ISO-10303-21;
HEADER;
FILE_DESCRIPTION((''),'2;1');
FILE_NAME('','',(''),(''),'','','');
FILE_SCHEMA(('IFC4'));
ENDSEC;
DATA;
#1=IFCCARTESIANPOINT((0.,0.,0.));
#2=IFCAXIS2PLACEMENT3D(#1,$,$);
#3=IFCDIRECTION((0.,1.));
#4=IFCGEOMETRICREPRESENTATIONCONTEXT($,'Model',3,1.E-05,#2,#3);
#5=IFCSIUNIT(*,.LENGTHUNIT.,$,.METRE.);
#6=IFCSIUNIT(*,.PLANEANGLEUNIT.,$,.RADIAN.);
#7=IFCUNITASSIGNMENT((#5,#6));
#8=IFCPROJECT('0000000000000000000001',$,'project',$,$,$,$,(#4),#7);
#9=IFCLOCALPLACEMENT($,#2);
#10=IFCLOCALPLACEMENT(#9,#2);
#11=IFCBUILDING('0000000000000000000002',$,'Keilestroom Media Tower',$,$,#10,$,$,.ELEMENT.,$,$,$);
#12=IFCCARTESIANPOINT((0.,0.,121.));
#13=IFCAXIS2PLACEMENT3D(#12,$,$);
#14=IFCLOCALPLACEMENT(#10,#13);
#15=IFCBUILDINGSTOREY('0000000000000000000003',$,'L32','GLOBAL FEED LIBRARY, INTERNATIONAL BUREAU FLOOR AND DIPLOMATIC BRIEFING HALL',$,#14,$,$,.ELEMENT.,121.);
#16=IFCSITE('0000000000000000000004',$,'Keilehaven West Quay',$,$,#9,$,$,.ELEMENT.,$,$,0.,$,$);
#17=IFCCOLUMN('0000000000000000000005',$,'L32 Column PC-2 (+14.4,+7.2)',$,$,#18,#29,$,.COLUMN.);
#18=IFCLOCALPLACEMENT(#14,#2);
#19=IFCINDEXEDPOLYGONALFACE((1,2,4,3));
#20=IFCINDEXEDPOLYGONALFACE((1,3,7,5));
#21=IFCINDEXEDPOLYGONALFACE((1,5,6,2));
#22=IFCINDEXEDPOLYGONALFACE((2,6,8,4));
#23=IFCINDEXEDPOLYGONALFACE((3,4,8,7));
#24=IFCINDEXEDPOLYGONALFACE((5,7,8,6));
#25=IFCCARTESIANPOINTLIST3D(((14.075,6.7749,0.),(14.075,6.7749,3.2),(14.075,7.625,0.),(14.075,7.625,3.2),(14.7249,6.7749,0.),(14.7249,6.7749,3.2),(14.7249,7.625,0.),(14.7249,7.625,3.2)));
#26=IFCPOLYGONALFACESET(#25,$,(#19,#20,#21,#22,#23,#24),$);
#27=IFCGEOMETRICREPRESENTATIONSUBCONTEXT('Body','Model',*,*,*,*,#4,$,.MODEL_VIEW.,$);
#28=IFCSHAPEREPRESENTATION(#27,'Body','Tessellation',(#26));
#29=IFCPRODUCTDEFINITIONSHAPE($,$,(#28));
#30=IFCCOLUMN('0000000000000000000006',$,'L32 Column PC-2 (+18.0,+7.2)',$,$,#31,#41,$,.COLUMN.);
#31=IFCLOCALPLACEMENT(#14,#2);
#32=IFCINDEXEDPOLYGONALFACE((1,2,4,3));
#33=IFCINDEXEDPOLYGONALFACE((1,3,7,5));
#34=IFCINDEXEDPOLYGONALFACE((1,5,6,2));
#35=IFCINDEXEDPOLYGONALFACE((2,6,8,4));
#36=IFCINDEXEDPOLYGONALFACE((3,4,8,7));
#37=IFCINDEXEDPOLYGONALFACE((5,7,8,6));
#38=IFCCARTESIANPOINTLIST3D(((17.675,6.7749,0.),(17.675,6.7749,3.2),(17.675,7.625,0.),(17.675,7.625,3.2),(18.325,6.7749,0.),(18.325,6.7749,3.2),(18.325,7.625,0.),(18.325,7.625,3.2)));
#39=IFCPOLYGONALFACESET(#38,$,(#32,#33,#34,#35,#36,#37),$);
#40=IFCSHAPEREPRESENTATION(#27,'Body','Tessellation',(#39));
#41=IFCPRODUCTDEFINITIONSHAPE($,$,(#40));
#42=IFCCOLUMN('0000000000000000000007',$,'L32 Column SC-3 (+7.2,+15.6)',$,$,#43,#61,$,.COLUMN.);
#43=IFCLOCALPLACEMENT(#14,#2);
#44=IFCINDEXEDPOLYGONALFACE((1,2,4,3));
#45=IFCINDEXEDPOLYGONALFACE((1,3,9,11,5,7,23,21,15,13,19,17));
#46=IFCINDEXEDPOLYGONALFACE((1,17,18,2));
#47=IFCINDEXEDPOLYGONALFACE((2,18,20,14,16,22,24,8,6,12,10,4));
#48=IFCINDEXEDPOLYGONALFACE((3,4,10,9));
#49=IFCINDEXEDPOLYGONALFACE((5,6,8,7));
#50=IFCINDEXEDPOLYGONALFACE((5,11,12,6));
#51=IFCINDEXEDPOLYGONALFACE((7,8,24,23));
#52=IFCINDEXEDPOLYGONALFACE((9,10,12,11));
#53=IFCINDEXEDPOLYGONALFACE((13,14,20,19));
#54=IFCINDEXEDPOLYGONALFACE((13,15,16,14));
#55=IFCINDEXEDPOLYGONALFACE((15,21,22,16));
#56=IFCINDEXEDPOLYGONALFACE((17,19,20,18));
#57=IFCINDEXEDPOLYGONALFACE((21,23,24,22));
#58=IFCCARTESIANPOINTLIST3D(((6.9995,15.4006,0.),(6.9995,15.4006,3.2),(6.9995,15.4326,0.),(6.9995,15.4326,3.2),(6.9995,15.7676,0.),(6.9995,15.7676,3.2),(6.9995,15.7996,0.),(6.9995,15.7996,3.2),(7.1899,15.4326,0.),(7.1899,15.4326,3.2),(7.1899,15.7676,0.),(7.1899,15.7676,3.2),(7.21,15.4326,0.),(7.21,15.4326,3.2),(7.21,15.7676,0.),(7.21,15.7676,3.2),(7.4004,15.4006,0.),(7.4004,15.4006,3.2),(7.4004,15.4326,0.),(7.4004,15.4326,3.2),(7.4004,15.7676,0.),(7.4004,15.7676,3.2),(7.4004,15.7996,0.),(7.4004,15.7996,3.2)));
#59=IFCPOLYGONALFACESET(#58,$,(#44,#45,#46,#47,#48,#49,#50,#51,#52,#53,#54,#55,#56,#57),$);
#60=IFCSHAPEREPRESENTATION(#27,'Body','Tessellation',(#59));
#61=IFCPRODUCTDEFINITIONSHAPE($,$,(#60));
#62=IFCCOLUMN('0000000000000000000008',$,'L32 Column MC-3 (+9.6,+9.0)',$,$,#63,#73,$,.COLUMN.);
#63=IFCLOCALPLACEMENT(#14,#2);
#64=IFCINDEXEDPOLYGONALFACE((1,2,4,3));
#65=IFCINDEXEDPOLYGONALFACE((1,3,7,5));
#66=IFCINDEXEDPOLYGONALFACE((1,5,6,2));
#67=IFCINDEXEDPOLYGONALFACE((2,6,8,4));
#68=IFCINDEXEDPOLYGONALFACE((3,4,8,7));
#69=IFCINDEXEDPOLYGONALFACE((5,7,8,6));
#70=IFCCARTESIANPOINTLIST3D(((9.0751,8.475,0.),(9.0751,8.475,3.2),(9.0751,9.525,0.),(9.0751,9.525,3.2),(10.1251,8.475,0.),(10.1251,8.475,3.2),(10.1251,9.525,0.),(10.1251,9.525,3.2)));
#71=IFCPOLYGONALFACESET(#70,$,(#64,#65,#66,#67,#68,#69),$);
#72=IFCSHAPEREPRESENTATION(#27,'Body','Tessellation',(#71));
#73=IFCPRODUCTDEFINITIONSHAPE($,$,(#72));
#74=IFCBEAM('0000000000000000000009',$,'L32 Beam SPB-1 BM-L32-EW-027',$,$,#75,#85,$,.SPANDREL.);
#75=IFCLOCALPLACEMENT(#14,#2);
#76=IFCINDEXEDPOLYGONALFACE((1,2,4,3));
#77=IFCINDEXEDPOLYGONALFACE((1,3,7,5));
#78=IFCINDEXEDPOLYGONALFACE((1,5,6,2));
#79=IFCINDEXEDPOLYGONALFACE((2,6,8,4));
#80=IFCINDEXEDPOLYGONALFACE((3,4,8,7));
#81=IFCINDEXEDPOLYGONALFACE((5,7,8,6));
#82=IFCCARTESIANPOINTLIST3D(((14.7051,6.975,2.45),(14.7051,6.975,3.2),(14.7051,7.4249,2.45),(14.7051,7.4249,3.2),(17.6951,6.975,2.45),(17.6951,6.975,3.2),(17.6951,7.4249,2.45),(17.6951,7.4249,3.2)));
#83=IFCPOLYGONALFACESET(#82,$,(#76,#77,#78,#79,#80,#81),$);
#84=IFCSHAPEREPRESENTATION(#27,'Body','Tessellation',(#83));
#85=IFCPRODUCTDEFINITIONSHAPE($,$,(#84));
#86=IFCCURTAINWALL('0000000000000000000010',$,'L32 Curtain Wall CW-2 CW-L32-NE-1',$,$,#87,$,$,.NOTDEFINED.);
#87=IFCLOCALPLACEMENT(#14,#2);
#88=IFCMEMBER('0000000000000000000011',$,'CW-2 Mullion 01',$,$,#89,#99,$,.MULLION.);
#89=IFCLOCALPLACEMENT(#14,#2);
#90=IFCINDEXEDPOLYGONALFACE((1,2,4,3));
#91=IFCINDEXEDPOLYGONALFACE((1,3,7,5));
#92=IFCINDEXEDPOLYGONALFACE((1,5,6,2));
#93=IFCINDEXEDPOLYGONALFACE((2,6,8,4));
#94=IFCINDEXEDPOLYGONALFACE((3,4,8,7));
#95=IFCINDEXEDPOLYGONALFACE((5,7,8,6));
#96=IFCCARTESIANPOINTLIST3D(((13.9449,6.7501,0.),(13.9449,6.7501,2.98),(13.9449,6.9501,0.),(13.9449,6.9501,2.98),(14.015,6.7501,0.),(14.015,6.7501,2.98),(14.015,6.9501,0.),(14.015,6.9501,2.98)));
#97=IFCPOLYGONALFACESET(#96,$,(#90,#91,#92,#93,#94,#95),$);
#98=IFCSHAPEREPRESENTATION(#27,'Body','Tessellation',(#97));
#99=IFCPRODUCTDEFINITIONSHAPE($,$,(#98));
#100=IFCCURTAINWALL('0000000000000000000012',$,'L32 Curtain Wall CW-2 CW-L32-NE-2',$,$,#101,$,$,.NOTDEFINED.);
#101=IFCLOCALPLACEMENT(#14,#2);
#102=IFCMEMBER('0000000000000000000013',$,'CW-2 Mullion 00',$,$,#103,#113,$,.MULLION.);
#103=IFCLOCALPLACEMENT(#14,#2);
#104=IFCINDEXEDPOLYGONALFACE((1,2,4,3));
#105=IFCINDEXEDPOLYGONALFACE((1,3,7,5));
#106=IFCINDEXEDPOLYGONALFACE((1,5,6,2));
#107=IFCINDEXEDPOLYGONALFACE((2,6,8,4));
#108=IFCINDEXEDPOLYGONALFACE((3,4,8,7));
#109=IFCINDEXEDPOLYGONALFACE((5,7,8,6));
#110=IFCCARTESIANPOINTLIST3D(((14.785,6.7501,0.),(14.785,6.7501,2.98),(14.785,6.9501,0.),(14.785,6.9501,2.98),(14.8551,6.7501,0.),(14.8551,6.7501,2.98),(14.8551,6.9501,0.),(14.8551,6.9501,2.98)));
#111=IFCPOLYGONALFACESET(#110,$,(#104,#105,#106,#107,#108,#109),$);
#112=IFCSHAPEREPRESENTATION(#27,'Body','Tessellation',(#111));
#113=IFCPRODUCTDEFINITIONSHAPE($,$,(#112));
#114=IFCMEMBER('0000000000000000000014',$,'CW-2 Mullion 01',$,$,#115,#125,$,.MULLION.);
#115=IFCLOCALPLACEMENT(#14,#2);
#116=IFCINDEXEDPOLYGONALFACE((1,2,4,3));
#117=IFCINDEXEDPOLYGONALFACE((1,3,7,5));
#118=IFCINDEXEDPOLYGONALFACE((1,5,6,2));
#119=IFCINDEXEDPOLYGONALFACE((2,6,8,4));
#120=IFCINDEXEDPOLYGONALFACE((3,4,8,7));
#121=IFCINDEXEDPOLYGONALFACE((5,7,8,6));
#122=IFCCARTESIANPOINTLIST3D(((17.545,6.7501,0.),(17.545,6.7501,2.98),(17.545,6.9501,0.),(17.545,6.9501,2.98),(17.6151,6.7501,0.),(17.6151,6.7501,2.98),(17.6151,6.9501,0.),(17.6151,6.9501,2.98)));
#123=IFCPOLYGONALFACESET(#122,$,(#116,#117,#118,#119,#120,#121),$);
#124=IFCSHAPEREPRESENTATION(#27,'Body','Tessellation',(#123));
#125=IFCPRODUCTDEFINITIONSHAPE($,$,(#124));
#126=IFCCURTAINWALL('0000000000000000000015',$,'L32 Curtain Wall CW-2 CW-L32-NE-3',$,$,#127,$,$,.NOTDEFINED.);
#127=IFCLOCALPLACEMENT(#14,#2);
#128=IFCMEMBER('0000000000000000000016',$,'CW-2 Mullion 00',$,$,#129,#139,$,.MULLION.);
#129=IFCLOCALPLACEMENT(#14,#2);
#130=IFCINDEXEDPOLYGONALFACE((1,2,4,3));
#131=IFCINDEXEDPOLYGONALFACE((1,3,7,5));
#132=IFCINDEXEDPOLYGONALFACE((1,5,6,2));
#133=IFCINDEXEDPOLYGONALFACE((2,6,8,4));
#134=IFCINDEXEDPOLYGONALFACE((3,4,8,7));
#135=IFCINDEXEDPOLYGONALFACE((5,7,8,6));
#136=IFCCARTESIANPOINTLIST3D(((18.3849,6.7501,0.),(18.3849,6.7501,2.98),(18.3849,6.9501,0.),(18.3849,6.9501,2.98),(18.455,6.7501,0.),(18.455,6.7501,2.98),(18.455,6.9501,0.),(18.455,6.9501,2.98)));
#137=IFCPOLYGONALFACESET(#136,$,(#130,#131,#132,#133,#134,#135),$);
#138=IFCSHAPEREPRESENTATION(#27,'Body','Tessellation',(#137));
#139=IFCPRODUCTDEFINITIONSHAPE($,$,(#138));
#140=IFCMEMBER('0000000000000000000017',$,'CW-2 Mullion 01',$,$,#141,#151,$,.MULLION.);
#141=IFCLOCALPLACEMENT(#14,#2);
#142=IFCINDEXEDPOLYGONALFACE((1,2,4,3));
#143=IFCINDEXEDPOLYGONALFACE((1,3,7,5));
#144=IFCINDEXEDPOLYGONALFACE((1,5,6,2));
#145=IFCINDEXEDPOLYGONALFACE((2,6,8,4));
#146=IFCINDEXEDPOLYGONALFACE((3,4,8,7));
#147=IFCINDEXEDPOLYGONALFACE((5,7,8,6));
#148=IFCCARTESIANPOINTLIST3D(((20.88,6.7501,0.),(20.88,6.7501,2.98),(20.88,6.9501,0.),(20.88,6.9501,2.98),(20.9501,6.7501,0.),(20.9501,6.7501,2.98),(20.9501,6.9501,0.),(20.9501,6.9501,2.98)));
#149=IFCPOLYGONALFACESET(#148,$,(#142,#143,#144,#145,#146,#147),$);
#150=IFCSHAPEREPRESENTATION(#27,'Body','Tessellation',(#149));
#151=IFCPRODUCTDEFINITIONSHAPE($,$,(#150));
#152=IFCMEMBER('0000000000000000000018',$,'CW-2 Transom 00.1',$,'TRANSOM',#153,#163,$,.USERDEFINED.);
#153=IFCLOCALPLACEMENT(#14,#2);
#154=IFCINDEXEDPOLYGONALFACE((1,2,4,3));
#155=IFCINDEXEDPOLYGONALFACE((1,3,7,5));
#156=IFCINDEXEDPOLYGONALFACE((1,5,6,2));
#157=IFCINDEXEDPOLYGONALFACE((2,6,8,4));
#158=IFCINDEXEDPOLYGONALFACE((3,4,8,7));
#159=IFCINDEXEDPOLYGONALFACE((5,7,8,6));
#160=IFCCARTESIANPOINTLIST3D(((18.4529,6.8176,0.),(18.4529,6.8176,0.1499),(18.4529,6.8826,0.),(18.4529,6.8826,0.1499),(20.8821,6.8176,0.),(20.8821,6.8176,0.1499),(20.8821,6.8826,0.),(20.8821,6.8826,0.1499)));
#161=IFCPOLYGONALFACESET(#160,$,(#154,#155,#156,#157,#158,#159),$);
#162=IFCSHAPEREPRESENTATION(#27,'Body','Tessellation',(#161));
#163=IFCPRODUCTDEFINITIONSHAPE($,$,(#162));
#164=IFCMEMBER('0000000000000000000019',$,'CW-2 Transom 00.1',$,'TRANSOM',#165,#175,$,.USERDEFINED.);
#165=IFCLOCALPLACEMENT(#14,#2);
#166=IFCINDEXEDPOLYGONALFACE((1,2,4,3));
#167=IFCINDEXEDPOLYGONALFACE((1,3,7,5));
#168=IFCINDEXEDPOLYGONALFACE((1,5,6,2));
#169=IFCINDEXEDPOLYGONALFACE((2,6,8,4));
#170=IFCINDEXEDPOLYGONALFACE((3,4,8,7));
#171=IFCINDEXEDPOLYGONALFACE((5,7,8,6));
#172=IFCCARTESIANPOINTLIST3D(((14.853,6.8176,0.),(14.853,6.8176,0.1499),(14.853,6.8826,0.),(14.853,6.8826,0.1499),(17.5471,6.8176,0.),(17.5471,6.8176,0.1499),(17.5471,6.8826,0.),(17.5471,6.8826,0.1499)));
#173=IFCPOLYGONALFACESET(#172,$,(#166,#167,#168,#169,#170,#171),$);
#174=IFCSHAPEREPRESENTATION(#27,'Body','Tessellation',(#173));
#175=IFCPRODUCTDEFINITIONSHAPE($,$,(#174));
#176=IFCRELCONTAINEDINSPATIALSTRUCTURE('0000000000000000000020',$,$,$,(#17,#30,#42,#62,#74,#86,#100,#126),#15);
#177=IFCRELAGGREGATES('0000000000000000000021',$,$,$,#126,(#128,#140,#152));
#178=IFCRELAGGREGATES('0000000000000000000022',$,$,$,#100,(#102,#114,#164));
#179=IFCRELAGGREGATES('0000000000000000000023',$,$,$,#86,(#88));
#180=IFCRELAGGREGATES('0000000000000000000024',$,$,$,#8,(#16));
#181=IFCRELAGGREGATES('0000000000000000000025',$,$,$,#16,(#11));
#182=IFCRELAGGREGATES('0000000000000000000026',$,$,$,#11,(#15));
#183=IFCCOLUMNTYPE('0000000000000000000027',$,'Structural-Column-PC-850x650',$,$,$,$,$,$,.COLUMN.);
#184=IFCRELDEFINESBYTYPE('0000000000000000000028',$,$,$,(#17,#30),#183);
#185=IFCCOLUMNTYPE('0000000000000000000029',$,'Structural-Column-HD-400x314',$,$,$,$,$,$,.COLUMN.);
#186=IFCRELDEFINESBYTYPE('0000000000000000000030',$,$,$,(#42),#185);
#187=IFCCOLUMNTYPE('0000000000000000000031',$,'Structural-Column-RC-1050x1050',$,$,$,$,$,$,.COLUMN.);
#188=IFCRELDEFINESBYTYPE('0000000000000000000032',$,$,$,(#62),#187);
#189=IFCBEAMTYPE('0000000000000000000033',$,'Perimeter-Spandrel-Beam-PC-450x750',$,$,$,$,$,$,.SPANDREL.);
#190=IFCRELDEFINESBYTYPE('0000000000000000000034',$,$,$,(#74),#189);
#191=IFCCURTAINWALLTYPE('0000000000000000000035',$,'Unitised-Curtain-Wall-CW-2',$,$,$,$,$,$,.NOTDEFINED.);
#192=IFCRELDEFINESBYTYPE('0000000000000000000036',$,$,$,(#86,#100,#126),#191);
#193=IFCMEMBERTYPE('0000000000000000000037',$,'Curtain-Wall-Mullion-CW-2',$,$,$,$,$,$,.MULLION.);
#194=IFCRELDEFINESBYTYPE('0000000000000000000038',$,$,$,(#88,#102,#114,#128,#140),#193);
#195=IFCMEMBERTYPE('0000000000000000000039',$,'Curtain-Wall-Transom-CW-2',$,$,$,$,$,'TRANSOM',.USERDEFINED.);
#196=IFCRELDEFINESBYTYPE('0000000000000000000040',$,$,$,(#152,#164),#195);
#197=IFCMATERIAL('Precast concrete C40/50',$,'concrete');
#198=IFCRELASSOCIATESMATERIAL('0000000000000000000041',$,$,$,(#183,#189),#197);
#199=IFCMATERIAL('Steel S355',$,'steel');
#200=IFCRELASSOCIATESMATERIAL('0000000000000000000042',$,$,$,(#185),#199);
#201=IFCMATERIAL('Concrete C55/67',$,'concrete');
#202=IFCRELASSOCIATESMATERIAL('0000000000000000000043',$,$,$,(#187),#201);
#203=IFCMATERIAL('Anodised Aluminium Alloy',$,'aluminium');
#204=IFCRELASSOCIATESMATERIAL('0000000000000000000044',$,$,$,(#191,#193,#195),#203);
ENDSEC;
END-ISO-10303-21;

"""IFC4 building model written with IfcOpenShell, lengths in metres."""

from ifc_helpers import new_model, si_unit, direction, frame, origin, origin_2d, place, context, subcontext, project, spatial, rectangle, i_section, extrude, source, transform, mapped, material, material_profile, profile_set, type_object, element, aggregate, save


model = new_model("IFC4")

# Units and contexts
model_context = context("Model", 3, precision=1e-05, world=origin(), true_north=direction((0.0, 1.0)))
body_context = subcontext(model_context, "Body", "Model", "MODEL_VIEW")
ifc_project = project(units=[si_unit("LENGTHUNIT", "METRE"), si_unit("PLANEANGLEUNIT", "RADIAN")], contexts=[model_context])

# Site, building, storey
site_placement = place(None, origin())
site = spatial("IfcSite", under=ifc_project, at=site_placement, Name="Keilehaven West Quay", CompositionType="ELEMENT", RefElevation=0.0)
building_placement = place(site_placement, origin())
building = spatial("IfcBuilding", under=site, at=building_placement, Name="Keilestroom Media Tower", CompositionType="ELEMENT")
storey_placement = place(building_placement, frame((0.0, 0.0, 121.0)))
storey = spatial("IfcBuildingStorey", under=building, at=storey_placement, Name="L32", Description="GLOBAL FEED LIBRARY, INTERNATIONAL BUREAU FLOOR AND DIPLOMATIC BRIEFING HALL", CompositionType="ELEMENT", Elevation=121.0)

# Columns
ifc_material_1 = material(Name="Precast concrete C40/50", Category="concrete")
ifc_material_profile_1 = material_profile(ifc_material_1, rectangle(XDim=0.6499, YDim=0.8501, at=origin_2d()), Name="PC 850x650")
ifc_profile_set_1 = profile_set([ifc_material_profile_1], Name="Precast concrete C40/50")
column_type_1 = type_object("IfcColumnType", Name="Structural-Column-PC-850x650", PredefinedType="COLUMN", material=ifc_profile_set_1)
shared_shape_1 = source(origin(), body_context, "Body", "SweptSolid", [
    extrude(rectangle(XDim=0.6499, YDim=0.8501, at=origin_2d()), origin(), (0.0, 0.0, 1.0), 3.2),
])
for number, where, z_axis, x_axis, name in (
    (1, (14.3999, 7.2, 0.0), (0.0, 0.0, 1.0), (1.0, 0.0, 0.0), "L32 Column PC-2 (+14.4,+7.2)"),
    (2, (18.0, 7.2, 0.0), (0.0, 0.0, 1.0), (1.0, 0.0, 0.0), "L32 Column PC-2 (+18.0,+7.2)"),
):
    element("IfcColumn", number, at=place(storey_placement, frame(where, z_axis=z_axis, x_axis=x_axis)), inside=storey, type_object=column_type_1, Name=name, PredefinedType="COLUMN", context=body_context, shape_type="MappedRepresentation", body=[
        mapped(shared_shape_1, transform((0.0, 0.0, 0.0), x_axis=(1.0, 0.0, 0.0), y_axis=(0.0, 1.0, 0.0), z_axis=(0.0, 0.0, 1.0), scale=1.0)),
    ])
ifc_material_2 = material(Name="Steel S355", Category="steel")
ifc_material_profile_2 = material_profile(ifc_material_2, i_section(OverallWidth=0.4009, OverallDepth=0.3989, WebThickness=0.02, FlangeThickness=0.032, at=origin_2d()), Name="HD 400x314")
ifc_profile_set_2 = profile_set([ifc_material_profile_2], Name="Steel S355")
column_type_2 = type_object("IfcColumnType", Name="Structural-Column-HD-400x314", PredefinedType="COLUMN", material=ifc_profile_set_2)
shared_shape_2 = source(origin(), body_context, "Body", "SweptSolid", [
    extrude(i_section(OverallWidth=0.4009, OverallDepth=0.3989, WebThickness=0.02, FlangeThickness=0.032, at=origin_2d()), origin(), (0.0, 0.0, 1.0), 3.2),
])
column_1_placement = place(storey_placement, frame((7.2, 15.6001, 0.0), z_axis=(0.0, 0.0, 1.0), x_axis=(1.0, 0.0, 0.0)))
element("IfcColumn", 3, at=column_1_placement, inside=storey, type_object=column_type_2, Name="L32 Column SC-3 (+7.2,+15.6)", PredefinedType="COLUMN", context=body_context, shape_type="MappedRepresentation", body=[
    mapped(shared_shape_2, transform((0.0, 0.0, 0.0), x_axis=(1.0, 0.0, 0.0), y_axis=(0.0, 1.0, 0.0), z_axis=(0.0, 0.0, 1.0), scale=1.0)),
])
ifc_material_3 = material(Name="Concrete C55/67", Category="concrete")
ifc_material_profile_3 = material_profile(ifc_material_3, rectangle(XDim=1.05, YDim=1.05, at=origin_2d()), Name="RC 1050x1050")
ifc_profile_set_3 = profile_set([ifc_material_profile_3], Name="Concrete C55/67")
column_type_3 = type_object("IfcColumnType", Name="Structural-Column-RC-1050x1050", PredefinedType="COLUMN", material=ifc_profile_set_3)
shared_shape_3 = source(origin(), body_context, "Body", "SweptSolid", [
    extrude(rectangle(XDim=1.05, YDim=1.05, at=origin_2d()), origin(), (0.0, 0.0, 1.0), 3.2),
])
column_2_placement = place(storey_placement, frame((9.6001, 9.0, 0.0), z_axis=(0.0, 0.0, 1.0), x_axis=(1.0, 0.0, 0.0)))
element("IfcColumn", 4, at=column_2_placement, inside=storey, type_object=column_type_3, Name="L32 Column MC-3 (+9.6,+9.0)", PredefinedType="COLUMN", context=body_context, shape_type="MappedRepresentation", body=[
    mapped(shared_shape_3, transform((0.0, 0.0, 0.0), x_axis=(1.0, 0.0, 0.0), y_axis=(0.0, 1.0, 0.0), z_axis=(0.0, 0.0, 1.0), scale=1.0)),
])

# Beam
ifc_material_profile_4 = material_profile(ifc_material_1, rectangle(XDim=0.45, YDim=0.75, at=origin_2d()), Name="PC 450x750")
ifc_profile_set_4 = profile_set([ifc_material_profile_4], Name="Precast concrete C40/50")
beam_type = type_object("IfcBeamType", Name="Perimeter-Spandrel-Beam-PC-450x750", PredefinedType="SPANDREL", material=ifc_profile_set_4)
shared_shape_4 = source(origin(), body_context, "Body", "SweptSolid", [
    extrude(rectangle(XDim=0.45, YDim=0.75, at=origin_2d()), origin(), (0.0, 0.0, 1.0), 2.99),
])
beam_placement = place(storey_placement, frame((14.7051, 7.2, 2.825), z_axis=(1.0, 0.0, 0.0), x_axis=(0.0, 1.0, 0.0)))
element("IfcBeam", 5, at=beam_placement, inside=storey, type_object=beam_type, Name="L32 Beam SPB-1 BM-L32-EW-027", PredefinedType="SPANDREL", context=body_context, shape_type="MappedRepresentation", body=[
    mapped(shared_shape_4, transform((0.0, 0.0, 0.0), x_axis=(1.0, 0.0, 0.0), y_axis=(0.0, 1.0, 0.0), z_axis=(0.0, 0.0, 1.0), scale=1.0)),
])

# Curtain wall, member
ifc_material_4 = material(Name="Anodised Aluminium Alloy", Category="aluminium")
curtain_wall_type = type_object("IfcCurtainWallType", Name="Unitised-Curtain-Wall-CW-2", PredefinedType="NOTDEFINED", material=ifc_material_4)
curtain_wall_1_placement = place(storey_placement, origin())
curtain_wall_1 = element("IfcCurtainWall", 6, at=curtain_wall_1_placement, inside=storey, type_object=curtain_wall_type, Name="L32 Curtain Wall CW-2 CW-L32-NE-1", PredefinedType="NOTDEFINED")
ifc_material_profile_5 = material_profile(ifc_material_4, rectangle(XDim=0.0701, YDim=0.2, at=origin_2d()), Name="ALU MULLION 70x200")
ifc_profile_set_5 = profile_set([ifc_material_profile_5], Name="Anodised Aluminium Alloy")
member_type_1 = type_object("IfcMemberType", Name="Curtain-Wall-Mullion-CW-2", PredefinedType="MULLION", material=ifc_profile_set_5)
shared_shape_5 = source(origin(), body_context, "Body", "SweptSolid", [
    extrude(rectangle(XDim=0.0701, YDim=0.2, at=origin_2d()), origin(), (0.0, 0.0, 1.0), 2.98),
])
member_1_placement = place(storey_placement, frame((13.98, 6.8501, 0.0), z_axis=(0.0, 0.0, 1.0), x_axis=(1.0, 0.0, 0.0)))
member_1 = element("IfcMember", 7, at=member_1_placement, type_object=member_type_1, Name="CW-2 Mullion 01", PredefinedType="MULLION", context=body_context, shape_type="MappedRepresentation", body=[
    mapped(shared_shape_5, transform((0.0, 0.0, 0.0), x_axis=(1.0, 0.0, 0.0), y_axis=(0.0, 1.0, 0.0), z_axis=(0.0, 0.0, 1.0), scale=1.0)),
])

# Curtain walls, members
curtain_wall_2_placement = place(storey_placement, origin())
curtain_wall_2 = element("IfcCurtainWall", 8, at=curtain_wall_2_placement, inside=storey, type_object=curtain_wall_type, Name="L32 Curtain Wall CW-2 CW-L32-NE-2", PredefinedType="NOTDEFINED")
member_2_placement = place(storey_placement, frame((14.8201, 6.8501, 0.0), z_axis=(0.0, 0.0, 1.0), x_axis=(1.0, 0.0, 0.0)))
member_2 = element("IfcMember", 9, at=member_2_placement, type_object=member_type_1, Name="CW-2 Mullion 00", PredefinedType="MULLION", context=body_context, shape_type="MappedRepresentation", body=[
    mapped(shared_shape_5, transform((0.0, 0.0, 0.0), x_axis=(1.0, 0.0, 0.0), y_axis=(0.0, 1.0, 0.0), z_axis=(0.0, 0.0, 1.0), scale=1.0)),
])
member_3_placement = place(storey_placement, frame((17.5801, 6.8501, 0.0), z_axis=(0.0, 0.0, 1.0), x_axis=(1.0, 0.0, 0.0)))
member_3 = element("IfcMember", 10, at=member_3_placement, type_object=member_type_1, Name="CW-2 Mullion 01", PredefinedType="MULLION", context=body_context, shape_type="MappedRepresentation", body=[
    mapped(shared_shape_5, transform((0.0, 0.0, 0.0), x_axis=(1.0, 0.0, 0.0), y_axis=(0.0, 1.0, 0.0), z_axis=(0.0, 0.0, 1.0), scale=1.0)),
])
curtain_wall_3_placement = place(storey_placement, origin())
curtain_wall_3 = element("IfcCurtainWall", 11, at=curtain_wall_3_placement, inside=storey, type_object=curtain_wall_type, Name="L32 Curtain Wall CW-2 CW-L32-NE-3", PredefinedType="NOTDEFINED")
member_4_placement = place(storey_placement, frame((18.4199, 6.8501, 0.0), z_axis=(0.0, 0.0, 1.0), x_axis=(1.0, 0.0, 0.0)))
member_4 = element("IfcMember", 12, at=member_4_placement, type_object=member_type_1, Name="CW-2 Mullion 00", PredefinedType="MULLION", context=body_context, shape_type="MappedRepresentation", body=[
    mapped(shared_shape_5, transform((0.0, 0.0, 0.0), x_axis=(1.0, 0.0, 0.0), y_axis=(0.0, 1.0, 0.0), z_axis=(0.0, 0.0, 1.0), scale=1.0)),
])
member_5_placement = place(storey_placement, frame((20.915, 6.8501, 0.0), z_axis=(0.0, 0.0, 1.0), x_axis=(1.0, 0.0, 0.0)))
member_5 = element("IfcMember", 13, at=member_5_placement, type_object=member_type_1, Name="CW-2 Mullion 01", PredefinedType="MULLION", context=body_context, shape_type="MappedRepresentation", body=[
    mapped(shared_shape_5, transform((0.0, 0.0, 0.0), x_axis=(1.0, 0.0, 0.0), y_axis=(0.0, 1.0, 0.0), z_axis=(0.0, 0.0, 1.0), scale=1.0)),
])
ifc_material_profile_6 = material_profile(ifc_material_4, rectangle(XDim=0.0649, YDim=0.1499, at=origin_2d()), Name="ALU TRANSOM 65x150")
ifc_profile_set_6 = profile_set([ifc_material_profile_6], Name="Anodised Aluminium Alloy")
member_type_2 = type_object("IfcMemberType", Name="Curtain-Wall-Transom-CW-2", ElementType="TRANSOM", PredefinedType="USERDEFINED", material=ifc_profile_set_6)
shared_shape_6 = source(origin(), body_context, "Body", "SweptSolid", [
    extrude(rectangle(XDim=0.0649, YDim=0.1499, at=origin_2d()), origin(), (0.0, 0.0, 1.0), 2.4292),
])
member_6_placement = place(storey_placement, frame((18.4529, 6.8501, 0.075), z_axis=(1.0, 0.0, 0.0), x_axis=(0.0, 1.0, 0.0)))
member_6 = element("IfcMember", 14, at=member_6_placement, type_object=member_type_2, Name="CW-2 Transom 00.1", ObjectType="TRANSOM", PredefinedType="USERDEFINED", context=body_context, shape_type="MappedRepresentation", body=[
    mapped(shared_shape_6, transform((0.0, 0.0, 0.0), x_axis=(1.0, 0.0, 0.0), y_axis=(0.0, 1.0, 0.0), z_axis=(0.0, 0.0, 1.0), scale=1.0)),
])

# Member
shared_shape_7 = source(origin(), body_context, "Body", "SweptSolid", [
    extrude(rectangle(XDim=0.0649, YDim=0.1499, at=origin_2d()), origin(), (0.0, 0.0, 1.0), 2.6941),
])
member_7_placement = place(storey_placement, frame((14.853, 6.8501, 0.075), z_axis=(1.0, 0.0, 0.0), x_axis=(0.0, 1.0, 0.0)))
member_7 = element("IfcMember", 15, at=member_7_placement, type_object=member_type_2, Name="CW-2 Transom 00.1", ObjectType="TRANSOM", PredefinedType="USERDEFINED", context=body_context, shape_type="MappedRepresentation", body=[
    mapped(shared_shape_7, transform((0.0, 0.0, 0.0), x_axis=(1.0, 0.0, 0.0), y_axis=(0.0, 1.0, 0.0), z_axis=(0.0, 0.0, 1.0), scale=1.0)),
])

aggregate(curtain_wall_3, [member_4, member_5, member_6])
aggregate(curtain_wall_2, [member_2, member_3, member_7])
aggregate(curtain_wall_1, [member_1])

save(model, "model.ifc")
